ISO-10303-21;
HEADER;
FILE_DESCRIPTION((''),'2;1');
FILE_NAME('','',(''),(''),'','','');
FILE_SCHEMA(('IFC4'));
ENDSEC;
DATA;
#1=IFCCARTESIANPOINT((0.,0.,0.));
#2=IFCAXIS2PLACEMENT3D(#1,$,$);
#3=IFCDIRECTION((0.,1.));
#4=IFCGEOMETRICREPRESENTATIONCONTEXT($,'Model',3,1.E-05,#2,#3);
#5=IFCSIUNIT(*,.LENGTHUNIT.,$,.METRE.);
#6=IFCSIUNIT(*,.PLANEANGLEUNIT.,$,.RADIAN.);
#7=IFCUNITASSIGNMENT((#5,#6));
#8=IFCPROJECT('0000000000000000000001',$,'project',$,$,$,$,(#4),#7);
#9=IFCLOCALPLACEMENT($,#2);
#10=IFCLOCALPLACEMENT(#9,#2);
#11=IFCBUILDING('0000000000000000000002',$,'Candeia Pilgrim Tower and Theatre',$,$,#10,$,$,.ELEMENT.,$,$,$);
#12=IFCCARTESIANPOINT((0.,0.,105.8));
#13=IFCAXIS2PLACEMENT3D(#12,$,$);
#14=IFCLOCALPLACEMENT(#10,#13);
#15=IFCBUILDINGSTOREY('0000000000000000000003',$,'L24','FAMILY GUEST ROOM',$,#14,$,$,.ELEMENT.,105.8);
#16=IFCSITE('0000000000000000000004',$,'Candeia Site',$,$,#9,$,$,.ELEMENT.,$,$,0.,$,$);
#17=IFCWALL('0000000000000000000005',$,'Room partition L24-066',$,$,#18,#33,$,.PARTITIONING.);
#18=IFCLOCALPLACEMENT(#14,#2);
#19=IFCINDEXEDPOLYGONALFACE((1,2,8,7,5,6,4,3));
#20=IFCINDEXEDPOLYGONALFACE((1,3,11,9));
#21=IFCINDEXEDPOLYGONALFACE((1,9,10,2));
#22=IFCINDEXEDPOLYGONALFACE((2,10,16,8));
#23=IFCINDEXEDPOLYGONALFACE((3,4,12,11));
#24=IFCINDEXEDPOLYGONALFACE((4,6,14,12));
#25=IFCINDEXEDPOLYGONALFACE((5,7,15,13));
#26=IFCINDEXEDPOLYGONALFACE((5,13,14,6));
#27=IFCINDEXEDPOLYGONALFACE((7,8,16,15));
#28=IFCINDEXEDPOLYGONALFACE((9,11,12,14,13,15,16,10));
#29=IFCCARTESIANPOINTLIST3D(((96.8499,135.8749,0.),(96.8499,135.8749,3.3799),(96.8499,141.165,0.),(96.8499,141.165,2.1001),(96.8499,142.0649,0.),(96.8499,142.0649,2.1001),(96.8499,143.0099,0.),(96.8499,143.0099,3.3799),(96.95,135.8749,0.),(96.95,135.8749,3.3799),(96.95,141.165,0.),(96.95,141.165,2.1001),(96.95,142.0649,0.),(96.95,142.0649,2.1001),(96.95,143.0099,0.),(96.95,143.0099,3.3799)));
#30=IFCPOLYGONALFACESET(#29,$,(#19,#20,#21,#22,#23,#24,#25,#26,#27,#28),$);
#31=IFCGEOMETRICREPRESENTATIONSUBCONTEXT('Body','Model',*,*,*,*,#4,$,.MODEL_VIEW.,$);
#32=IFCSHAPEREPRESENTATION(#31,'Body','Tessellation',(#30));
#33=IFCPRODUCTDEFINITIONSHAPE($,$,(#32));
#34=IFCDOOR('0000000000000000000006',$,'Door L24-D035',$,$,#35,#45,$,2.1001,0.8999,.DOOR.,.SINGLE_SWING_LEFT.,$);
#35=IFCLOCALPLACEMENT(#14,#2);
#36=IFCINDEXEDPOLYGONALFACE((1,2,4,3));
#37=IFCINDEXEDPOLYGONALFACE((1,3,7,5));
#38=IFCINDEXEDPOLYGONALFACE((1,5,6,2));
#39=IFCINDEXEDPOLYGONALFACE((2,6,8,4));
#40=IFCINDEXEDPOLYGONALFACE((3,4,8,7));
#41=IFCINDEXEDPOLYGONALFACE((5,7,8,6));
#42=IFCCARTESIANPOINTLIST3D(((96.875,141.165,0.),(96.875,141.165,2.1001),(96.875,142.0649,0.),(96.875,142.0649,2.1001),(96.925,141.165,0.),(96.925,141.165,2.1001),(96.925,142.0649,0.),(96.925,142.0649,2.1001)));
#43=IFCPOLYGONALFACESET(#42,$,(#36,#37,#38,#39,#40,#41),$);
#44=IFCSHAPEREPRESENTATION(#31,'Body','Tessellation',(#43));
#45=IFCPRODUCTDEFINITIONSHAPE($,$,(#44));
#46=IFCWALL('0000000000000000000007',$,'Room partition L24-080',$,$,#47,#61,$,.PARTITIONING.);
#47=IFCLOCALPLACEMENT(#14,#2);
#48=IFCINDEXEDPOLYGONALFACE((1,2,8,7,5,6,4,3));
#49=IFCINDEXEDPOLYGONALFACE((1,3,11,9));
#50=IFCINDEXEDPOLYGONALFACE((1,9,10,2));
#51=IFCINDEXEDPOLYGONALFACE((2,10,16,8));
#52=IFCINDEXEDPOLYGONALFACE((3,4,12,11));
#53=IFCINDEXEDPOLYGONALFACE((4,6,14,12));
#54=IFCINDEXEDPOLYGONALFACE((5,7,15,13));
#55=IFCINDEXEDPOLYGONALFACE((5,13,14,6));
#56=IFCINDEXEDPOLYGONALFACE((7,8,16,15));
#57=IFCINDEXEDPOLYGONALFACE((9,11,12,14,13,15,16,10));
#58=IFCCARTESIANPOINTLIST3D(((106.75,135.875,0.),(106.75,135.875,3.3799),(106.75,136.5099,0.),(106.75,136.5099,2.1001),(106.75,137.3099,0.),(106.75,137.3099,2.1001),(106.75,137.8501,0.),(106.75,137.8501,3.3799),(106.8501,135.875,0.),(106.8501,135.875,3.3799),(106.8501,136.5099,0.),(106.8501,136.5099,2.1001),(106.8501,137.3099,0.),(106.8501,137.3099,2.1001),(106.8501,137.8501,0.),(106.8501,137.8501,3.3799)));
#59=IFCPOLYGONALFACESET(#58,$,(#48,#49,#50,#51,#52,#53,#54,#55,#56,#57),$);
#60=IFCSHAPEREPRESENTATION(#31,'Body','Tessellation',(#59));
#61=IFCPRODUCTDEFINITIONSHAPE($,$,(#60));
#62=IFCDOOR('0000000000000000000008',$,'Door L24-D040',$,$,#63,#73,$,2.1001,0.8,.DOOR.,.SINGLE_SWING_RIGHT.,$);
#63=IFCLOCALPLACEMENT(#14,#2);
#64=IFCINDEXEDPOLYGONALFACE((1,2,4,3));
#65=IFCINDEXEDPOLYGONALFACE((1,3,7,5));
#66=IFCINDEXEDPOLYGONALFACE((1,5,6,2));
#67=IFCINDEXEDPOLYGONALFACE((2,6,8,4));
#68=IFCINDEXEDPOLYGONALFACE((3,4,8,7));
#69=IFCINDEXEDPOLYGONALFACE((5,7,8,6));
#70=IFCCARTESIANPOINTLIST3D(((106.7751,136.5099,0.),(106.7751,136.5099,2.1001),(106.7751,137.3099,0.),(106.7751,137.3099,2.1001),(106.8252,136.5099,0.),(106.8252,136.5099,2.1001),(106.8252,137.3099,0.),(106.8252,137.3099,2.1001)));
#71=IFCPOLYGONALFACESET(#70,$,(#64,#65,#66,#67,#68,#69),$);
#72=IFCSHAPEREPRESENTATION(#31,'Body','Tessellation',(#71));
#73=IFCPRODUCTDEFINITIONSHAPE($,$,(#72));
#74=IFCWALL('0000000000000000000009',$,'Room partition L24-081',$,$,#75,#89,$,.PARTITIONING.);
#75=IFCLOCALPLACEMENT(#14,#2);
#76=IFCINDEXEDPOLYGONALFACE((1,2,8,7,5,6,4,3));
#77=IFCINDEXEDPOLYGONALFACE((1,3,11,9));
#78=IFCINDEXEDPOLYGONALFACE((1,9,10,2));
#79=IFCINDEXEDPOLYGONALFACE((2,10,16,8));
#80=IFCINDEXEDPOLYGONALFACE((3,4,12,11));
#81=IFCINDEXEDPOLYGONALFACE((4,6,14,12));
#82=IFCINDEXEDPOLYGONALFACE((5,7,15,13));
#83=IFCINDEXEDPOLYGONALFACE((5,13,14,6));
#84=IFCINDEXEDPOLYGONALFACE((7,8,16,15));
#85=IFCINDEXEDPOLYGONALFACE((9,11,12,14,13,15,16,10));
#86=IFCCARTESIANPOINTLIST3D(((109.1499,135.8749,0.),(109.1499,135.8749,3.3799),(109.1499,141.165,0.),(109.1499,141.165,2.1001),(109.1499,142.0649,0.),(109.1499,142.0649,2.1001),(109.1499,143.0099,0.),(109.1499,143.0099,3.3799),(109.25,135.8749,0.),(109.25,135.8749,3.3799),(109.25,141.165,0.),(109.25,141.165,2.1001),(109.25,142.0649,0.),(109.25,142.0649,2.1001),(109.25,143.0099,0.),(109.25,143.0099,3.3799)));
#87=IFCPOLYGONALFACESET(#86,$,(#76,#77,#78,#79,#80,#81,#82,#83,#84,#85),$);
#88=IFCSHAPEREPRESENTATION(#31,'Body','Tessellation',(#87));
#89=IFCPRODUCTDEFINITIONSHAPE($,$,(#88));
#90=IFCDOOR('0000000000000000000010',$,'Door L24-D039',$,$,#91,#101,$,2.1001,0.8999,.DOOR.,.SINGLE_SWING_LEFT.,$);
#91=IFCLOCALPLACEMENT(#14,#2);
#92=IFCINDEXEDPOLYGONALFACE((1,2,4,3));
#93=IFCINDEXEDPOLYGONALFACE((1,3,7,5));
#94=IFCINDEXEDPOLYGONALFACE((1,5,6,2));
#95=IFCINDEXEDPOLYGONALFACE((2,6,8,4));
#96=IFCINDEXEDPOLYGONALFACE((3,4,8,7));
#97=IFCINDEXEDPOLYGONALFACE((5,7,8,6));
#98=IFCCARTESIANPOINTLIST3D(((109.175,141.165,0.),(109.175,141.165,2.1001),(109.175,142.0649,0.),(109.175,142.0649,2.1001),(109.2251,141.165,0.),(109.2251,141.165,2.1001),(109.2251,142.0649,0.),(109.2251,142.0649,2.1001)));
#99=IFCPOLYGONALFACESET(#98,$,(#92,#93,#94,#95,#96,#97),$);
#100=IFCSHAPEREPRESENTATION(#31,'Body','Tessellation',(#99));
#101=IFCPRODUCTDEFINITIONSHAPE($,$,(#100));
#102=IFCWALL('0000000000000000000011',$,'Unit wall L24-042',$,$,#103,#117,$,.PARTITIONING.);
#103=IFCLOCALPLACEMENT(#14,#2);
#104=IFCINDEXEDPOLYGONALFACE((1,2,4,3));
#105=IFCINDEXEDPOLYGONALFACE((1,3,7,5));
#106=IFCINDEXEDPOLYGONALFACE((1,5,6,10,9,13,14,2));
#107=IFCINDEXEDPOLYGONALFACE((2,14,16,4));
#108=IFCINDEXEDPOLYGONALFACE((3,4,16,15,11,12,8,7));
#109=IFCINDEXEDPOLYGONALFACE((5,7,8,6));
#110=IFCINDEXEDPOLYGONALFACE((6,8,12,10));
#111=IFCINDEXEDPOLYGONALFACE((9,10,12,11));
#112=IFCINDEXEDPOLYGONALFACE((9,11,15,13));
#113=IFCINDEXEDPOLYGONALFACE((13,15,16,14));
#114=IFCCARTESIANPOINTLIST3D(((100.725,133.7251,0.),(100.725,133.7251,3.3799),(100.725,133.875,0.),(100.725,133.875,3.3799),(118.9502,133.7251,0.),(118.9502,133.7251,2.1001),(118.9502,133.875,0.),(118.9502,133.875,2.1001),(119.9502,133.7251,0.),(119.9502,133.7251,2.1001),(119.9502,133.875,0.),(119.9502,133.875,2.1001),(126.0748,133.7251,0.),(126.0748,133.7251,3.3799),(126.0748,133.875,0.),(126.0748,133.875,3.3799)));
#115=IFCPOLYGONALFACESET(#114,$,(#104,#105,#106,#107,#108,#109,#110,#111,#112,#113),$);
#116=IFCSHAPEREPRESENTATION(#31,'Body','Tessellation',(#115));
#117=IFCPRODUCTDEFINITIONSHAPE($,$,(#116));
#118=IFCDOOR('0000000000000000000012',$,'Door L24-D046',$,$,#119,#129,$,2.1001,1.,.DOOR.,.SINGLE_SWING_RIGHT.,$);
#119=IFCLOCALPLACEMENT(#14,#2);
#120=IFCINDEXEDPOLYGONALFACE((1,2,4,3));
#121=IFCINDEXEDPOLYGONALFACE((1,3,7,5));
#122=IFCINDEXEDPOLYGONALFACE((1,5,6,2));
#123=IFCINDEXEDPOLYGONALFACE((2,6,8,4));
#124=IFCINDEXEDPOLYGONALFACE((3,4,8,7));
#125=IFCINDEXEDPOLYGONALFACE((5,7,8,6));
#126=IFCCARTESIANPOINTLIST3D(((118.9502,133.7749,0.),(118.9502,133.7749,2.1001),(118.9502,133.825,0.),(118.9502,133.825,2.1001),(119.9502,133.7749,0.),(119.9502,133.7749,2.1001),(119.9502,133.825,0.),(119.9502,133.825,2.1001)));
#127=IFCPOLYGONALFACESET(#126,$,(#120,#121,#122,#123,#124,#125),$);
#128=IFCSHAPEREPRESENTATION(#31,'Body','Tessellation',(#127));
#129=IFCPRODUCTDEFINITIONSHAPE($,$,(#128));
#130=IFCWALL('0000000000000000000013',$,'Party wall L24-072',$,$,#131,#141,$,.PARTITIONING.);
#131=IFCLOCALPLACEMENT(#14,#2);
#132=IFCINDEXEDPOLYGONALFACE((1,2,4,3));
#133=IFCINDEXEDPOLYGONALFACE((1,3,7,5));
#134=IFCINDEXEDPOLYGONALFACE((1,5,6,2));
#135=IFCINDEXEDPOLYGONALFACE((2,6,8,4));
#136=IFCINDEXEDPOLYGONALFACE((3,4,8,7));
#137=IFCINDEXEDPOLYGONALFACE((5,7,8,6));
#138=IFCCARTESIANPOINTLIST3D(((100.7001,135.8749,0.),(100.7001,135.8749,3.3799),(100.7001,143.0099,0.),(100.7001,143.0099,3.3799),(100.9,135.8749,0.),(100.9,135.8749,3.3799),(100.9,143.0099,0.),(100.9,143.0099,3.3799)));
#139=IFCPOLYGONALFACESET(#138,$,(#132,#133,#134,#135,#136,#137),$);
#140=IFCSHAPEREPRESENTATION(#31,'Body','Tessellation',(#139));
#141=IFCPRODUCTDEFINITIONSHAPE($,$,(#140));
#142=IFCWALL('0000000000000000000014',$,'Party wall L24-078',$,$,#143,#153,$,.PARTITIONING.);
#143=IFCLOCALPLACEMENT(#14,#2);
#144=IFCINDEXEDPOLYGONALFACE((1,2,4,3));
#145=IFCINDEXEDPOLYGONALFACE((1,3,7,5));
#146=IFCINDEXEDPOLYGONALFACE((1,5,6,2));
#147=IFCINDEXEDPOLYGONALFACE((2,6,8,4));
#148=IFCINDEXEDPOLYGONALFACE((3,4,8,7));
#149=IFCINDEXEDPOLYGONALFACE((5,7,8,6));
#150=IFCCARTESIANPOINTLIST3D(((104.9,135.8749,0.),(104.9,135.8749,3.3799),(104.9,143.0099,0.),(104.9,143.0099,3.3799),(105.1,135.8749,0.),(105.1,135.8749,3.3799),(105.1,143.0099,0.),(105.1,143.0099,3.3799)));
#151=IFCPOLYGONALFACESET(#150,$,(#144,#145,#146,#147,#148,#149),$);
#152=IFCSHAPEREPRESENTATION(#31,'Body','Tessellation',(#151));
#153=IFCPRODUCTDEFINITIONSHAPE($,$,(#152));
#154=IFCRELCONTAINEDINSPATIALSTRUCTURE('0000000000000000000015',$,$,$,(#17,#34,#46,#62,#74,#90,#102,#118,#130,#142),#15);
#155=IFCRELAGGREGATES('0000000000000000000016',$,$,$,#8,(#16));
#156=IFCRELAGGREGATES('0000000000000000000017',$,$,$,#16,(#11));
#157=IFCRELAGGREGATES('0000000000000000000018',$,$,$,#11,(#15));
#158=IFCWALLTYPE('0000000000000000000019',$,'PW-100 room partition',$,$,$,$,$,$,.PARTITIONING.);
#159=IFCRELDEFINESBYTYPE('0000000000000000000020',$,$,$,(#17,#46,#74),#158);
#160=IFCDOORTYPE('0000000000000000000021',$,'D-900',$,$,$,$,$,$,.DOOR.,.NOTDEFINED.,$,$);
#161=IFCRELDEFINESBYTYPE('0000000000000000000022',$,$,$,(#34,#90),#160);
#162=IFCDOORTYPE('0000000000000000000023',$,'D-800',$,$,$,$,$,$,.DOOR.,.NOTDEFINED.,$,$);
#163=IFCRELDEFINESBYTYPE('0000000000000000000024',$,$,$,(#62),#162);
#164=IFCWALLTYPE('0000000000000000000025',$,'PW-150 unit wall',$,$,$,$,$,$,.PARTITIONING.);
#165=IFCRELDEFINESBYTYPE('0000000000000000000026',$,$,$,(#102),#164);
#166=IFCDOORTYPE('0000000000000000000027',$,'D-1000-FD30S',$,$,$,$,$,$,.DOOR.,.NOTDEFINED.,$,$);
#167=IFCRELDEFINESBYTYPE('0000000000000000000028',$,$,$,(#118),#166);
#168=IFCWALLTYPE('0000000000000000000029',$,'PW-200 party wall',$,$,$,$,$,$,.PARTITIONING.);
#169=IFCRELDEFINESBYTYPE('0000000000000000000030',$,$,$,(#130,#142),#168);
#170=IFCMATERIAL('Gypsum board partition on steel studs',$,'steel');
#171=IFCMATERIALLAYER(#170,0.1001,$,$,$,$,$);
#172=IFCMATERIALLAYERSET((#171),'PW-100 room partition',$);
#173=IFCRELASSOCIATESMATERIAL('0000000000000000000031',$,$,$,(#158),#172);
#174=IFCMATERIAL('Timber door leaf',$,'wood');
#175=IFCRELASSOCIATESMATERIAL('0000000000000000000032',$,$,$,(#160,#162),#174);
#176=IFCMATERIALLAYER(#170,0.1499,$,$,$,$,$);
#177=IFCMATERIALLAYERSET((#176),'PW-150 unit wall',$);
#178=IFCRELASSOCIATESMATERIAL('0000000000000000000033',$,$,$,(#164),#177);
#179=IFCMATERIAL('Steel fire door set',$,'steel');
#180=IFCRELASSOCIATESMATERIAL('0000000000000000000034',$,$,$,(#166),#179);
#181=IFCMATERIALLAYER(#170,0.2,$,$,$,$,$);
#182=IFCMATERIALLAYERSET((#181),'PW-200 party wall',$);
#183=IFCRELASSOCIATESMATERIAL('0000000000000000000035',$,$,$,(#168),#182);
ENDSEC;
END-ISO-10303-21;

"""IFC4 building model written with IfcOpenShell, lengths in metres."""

from ifc_helpers import new_model, si_unit, direction, frame, frame_2d, origin, place, context, subcontext, project, spatial, rectangle, extrude, material, layer, layer_set, type_object, element, fill, save


model = new_model("IFC4")

# Units and contexts
model_context = context("Model", 3, precision=1e-05, world=origin(), true_north=direction((0.0, 1.0)))
body_context = subcontext(model_context, "Body", "Model", "MODEL_VIEW")
ifc_project = project(units=[si_unit("LENGTHUNIT", "METRE"), si_unit("PLANEANGLEUNIT", "RADIAN")], contexts=[model_context])

# Site, building, storey
site_placement = place(None, origin())
site = spatial("IfcSite", under=ifc_project, at=site_placement, Name="Candeia Site", CompositionType="ELEMENT", RefElevation=0.0)
building_placement = place(site_placement, origin())
building = spatial("IfcBuilding", under=site, at=building_placement, Name="Candeia Pilgrim Tower and Theatre", CompositionType="ELEMENT")
storey_placement = place(building_placement, frame((0.0, 0.0, 105.8)))
storey = spatial("IfcBuildingStorey", under=building, at=storey_placement, Name="L24", Description="FAMILY GUEST ROOM", CompositionType="ELEMENT", Elevation=105.8)

# Shared definitions
ifc_material_1 = material(Name="Gypsum board partition on steel studs", Category="steel")
ifc_layer_1 = layer(ifc_material_1, 0.1001)
ifc_layer_set_1 = layer_set([ifc_layer_1], Name="PW-100 room partition")
wall_type_1 = type_object("IfcWallType", Name="PW-100 room partition", PredefinedType="PARTITIONING", material=ifc_layer_set_1)

# Walls, openings, doors
wall_1_placement = place(storey_placement, frame((96.8999, 135.875, 0.0), z_axis=(0.0, 0.0, 1.0), x_axis=(0.0, 1.0, 0.0)))
wall_1 = element("IfcWall", 1, at=wall_1_placement, inside=storey, type_object=wall_type_1, Name="Room partition L24-066", PredefinedType="PARTITIONING", context=body_context, shape_type="SweptSolid", body=[
    extrude(rectangle(XDim=7.135, YDim=0.1001, at=frame_2d((3.5674, 0.0))), origin(), (0.0, 0.0, 1.0), 3.3799),
])
opening_1_placement = place(wall_1_placement, frame((5.29, 0.0, 0.0)))
opening_1 = element("IfcOpeningElement", 2, at=opening_1_placement, cuts=wall_1, PredefinedType="OPENING", context=body_context, shape_type="SweptSolid", body=[
    extrude(rectangle(XDim=0.8999, YDim=2.1001, at=frame_2d((0.45, 1.05))), frame((0.0, 0.0601, 0.0), z_axis=(0.0, -1.0, 0.0), x_axis=(1.0, 0.0, 0.0)), (0.0, 0.0, 1.0), 0.1201),
])
ifc_material_2 = material(Name="Timber door leaf", Category="wood")
door_type_1 = type_object("IfcDoorType", Name="D-900", OperationType="NOTDEFINED", PredefinedType="DOOR", material=ifc_material_2)
door_1_placement = place(opening_1_placement, origin())
door_1 = element("IfcDoor", 3, at=door_1_placement, inside=storey, type_object=door_type_1, Name="Door L24-D035", OperationType="SINGLE_SWING_LEFT", OverallHeight=2.1001, OverallWidth=0.8999, PredefinedType="DOOR", context=body_context, shape_type="SweptSolid", body=[
    extrude(rectangle(XDim=0.8999, YDim=2.1001, at=frame_2d((0.45, 1.05))), frame((0.0, 0.0249, 0.0), z_axis=(0.0, -1.0, 0.0), x_axis=(1.0, 0.0, 0.0)), (0.0, 0.0, 1.0), 0.05),
])
fill(opening_1, door_1)
wall_2_placement = place(storey_placement, frame((106.8, 135.875, 0.0), z_axis=(0.0, 0.0, 1.0), x_axis=(0.0, 1.0, 0.0)))
wall_2 = element("IfcWall", 4, at=wall_2_placement, inside=storey, type_object=wall_type_1, Name="Room partition L24-080", PredefinedType="PARTITIONING", context=body_context, shape_type="SweptSolid", body=[
    extrude(rectangle(XDim=1.9751, YDim=0.1001, at=frame_2d((0.9875, 0.0))), origin(), (0.0, 0.0, 1.0), 3.3799),
])
opening_2_placement = place(wall_2_placement, frame((0.635, 0.0, 0.0)))
opening_2 = element("IfcOpeningElement", 5, at=opening_2_placement, cuts=wall_2, PredefinedType="OPENING", context=body_context, shape_type="SweptSolid", body=[
    extrude(rectangle(XDim=0.8, YDim=2.1001, at=frame_2d((0.3999, 1.05))), frame((0.0, 0.0601, 0.0), z_axis=(0.0, -1.0, 0.0), x_axis=(1.0, 0.0, 0.0)), (0.0, 0.0, 1.0), 0.1201),
])
door_type_2 = type_object("IfcDoorType", Name="D-800", OperationType="NOTDEFINED", PredefinedType="DOOR", material=ifc_material_2)
door_2_placement = place(opening_2_placement, origin())
door_2 = element("IfcDoor", 6, at=door_2_placement, inside=storey, type_object=door_type_2, Name="Door L24-D040", OperationType="SINGLE_SWING_RIGHT", OverallHeight=2.1001, OverallWidth=0.8, PredefinedType="DOOR", context=body_context, shape_type="SweptSolid", body=[
    extrude(rectangle(XDim=0.8, YDim=2.1001, at=frame_2d((0.3999, 1.05))), frame((0.0, 0.0249, 0.0), z_axis=(0.0, -1.0, 0.0), x_axis=(1.0, 0.0, 0.0)), (0.0, 0.0, 1.0), 0.05),
])
fill(opening_2, door_2)
wall_3_placement = place(storey_placement, frame((109.2, 135.875, 0.0), z_axis=(0.0, 0.0, 1.0), x_axis=(0.0, 1.0, 0.0)))
wall_3 = element("IfcWall", 7, at=wall_3_placement, inside=storey, type_object=wall_type_1, Name="Room partition L24-081", PredefinedType="PARTITIONING", context=body_context, shape_type="SweptSolid", body=[
    extrude(rectangle(XDim=7.135, YDim=0.1001, at=frame_2d((3.5674, 0.0))), origin(), (0.0, 0.0, 1.0), 3.3799),
])
opening_3_placement = place(wall_3_placement, frame((5.29, 0.0, 0.0)))
opening_3 = element("IfcOpeningElement", 8, at=opening_3_placement, cuts=wall_3, PredefinedType="OPENING", context=body_context, shape_type="SweptSolid", body=[
    extrude(rectangle(XDim=0.8999, YDim=2.1001, at=frame_2d((0.45, 1.05))), frame((0.0, 0.0601, 0.0), z_axis=(0.0, -1.0, 0.0), x_axis=(1.0, 0.0, 0.0)), (0.0, 0.0, 1.0), 0.1201),
])
door_3_placement = place(opening_3_placement, origin())
door_3 = element("IfcDoor", 9, at=door_3_placement, inside=storey, type_object=door_type_1, Name="Door L24-D039", OperationType="SINGLE_SWING_LEFT", OverallHeight=2.1001, OverallWidth=0.8999, PredefinedType="DOOR", context=body_context, shape_type="SweptSolid", body=[
    extrude(rectangle(XDim=0.8999, YDim=2.1001, at=frame_2d((0.45, 1.05))), frame((0.0, 0.0249, 0.0), z_axis=(0.0, -1.0, 0.0), x_axis=(1.0, 0.0, 0.0)), (0.0, 0.0, 1.0), 0.05),
])
fill(opening_3, door_3)
ifc_layer_2 = layer(ifc_material_1, 0.1499)
ifc_layer_set_2 = layer_set([ifc_layer_2], Name="PW-150 unit wall")
wall_type_2 = type_object("IfcWallType", Name="PW-150 unit wall", PredefinedType="PARTITIONING", material=ifc_layer_set_2)
wall_4_placement = place(storey_placement, frame((100.7251, 133.8, 0.0), z_axis=(0.0, 0.0, 1.0), x_axis=(1.0, 0.0, 0.0)))
wall_4 = element("IfcWall", 10, at=wall_4_placement, inside=storey, type_object=wall_type_2, Name="Unit wall L24-042", PredefinedType="PARTITIONING", context=body_context, shape_type="SweptSolid", body=[
    extrude(rectangle(XDim=25.3499, YDim=0.1499, at=frame_2d((12.6748, 0.0))), origin(), (0.0, 0.0, 1.0), 3.3799),
])
opening_4_placement = place(wall_4_placement, frame((18.2251, 0.0, 0.0)))
opening_4 = element("IfcOpeningElement", 11, at=opening_4_placement, cuts=wall_4, PredefinedType="OPENING", context=body_context, shape_type="SweptSolid", body=[
    extrude(rectangle(XDim=1.0, YDim=2.1001, at=frame_2d((0.5, 1.05))), frame((0.0, 0.085, 0.0), z_axis=(0.0, -1.0, 0.0), x_axis=(1.0, 0.0, 0.0)), (0.0, 0.0, 1.0), 0.1699),
])
ifc_material_3 = material(Name="Steel fire door set", Category="steel")
door_type_3 = type_object("IfcDoorType", Name="D-1000-FD30S", OperationType="NOTDEFINED", PredefinedType="DOOR", material=ifc_material_3)
door_4_placement = place(opening_4_placement, origin())
door_4 = element("IfcDoor", 12, at=door_4_placement, inside=storey, type_object=door_type_3, Name="Door L24-D046", OperationType="SINGLE_SWING_RIGHT", OverallHeight=2.1001, OverallWidth=1.0, PredefinedType="DOOR", context=body_context, shape_type="SweptSolid", body=[
    extrude(rectangle(XDim=1.0, YDim=2.1001, at=frame_2d((0.5, 1.05))), frame((0.0, 0.0249, 0.0), z_axis=(0.0, -1.0, 0.0), x_axis=(1.0, 0.0, 0.0)), (0.0, 0.0, 1.0), 0.05),
])
fill(opening_4, door_4)

# Walls
ifc_layer_3 = layer(ifc_material_1, 0.2)
ifc_layer_set_3 = layer_set([ifc_layer_3], Name="PW-200 party wall")
wall_type_3 = type_object("IfcWallType", Name="PW-200 party wall", PredefinedType="PARTITIONING", material=ifc_layer_set_3)
for number, where, z_axis, x_axis, name in (
    (13, (100.8, 135.875, 0.0), (0.0, 0.0, 1.0), (0.0, 1.0, 0.0), "Party wall L24-072"),
    (14, (105.0, 135.875, 0.0), (0.0, 0.0, 1.0), (0.0, 1.0, 0.0), "Party wall L24-078"),
):
    element("IfcWall", number, at=place(storey_placement, frame(where, z_axis=z_axis, x_axis=x_axis)), inside=storey, type_object=wall_type_3, Name=name, PredefinedType="PARTITIONING", context=body_context, shape_type="SweptSolid", body=[
        extrude(rectangle(XDim=7.135, YDim=0.2, at=frame_2d((3.5674, 0.0))), origin(), (0.0, 0.0, 1.0), 3.3799),
    ])

save(model, "model.ifc")
